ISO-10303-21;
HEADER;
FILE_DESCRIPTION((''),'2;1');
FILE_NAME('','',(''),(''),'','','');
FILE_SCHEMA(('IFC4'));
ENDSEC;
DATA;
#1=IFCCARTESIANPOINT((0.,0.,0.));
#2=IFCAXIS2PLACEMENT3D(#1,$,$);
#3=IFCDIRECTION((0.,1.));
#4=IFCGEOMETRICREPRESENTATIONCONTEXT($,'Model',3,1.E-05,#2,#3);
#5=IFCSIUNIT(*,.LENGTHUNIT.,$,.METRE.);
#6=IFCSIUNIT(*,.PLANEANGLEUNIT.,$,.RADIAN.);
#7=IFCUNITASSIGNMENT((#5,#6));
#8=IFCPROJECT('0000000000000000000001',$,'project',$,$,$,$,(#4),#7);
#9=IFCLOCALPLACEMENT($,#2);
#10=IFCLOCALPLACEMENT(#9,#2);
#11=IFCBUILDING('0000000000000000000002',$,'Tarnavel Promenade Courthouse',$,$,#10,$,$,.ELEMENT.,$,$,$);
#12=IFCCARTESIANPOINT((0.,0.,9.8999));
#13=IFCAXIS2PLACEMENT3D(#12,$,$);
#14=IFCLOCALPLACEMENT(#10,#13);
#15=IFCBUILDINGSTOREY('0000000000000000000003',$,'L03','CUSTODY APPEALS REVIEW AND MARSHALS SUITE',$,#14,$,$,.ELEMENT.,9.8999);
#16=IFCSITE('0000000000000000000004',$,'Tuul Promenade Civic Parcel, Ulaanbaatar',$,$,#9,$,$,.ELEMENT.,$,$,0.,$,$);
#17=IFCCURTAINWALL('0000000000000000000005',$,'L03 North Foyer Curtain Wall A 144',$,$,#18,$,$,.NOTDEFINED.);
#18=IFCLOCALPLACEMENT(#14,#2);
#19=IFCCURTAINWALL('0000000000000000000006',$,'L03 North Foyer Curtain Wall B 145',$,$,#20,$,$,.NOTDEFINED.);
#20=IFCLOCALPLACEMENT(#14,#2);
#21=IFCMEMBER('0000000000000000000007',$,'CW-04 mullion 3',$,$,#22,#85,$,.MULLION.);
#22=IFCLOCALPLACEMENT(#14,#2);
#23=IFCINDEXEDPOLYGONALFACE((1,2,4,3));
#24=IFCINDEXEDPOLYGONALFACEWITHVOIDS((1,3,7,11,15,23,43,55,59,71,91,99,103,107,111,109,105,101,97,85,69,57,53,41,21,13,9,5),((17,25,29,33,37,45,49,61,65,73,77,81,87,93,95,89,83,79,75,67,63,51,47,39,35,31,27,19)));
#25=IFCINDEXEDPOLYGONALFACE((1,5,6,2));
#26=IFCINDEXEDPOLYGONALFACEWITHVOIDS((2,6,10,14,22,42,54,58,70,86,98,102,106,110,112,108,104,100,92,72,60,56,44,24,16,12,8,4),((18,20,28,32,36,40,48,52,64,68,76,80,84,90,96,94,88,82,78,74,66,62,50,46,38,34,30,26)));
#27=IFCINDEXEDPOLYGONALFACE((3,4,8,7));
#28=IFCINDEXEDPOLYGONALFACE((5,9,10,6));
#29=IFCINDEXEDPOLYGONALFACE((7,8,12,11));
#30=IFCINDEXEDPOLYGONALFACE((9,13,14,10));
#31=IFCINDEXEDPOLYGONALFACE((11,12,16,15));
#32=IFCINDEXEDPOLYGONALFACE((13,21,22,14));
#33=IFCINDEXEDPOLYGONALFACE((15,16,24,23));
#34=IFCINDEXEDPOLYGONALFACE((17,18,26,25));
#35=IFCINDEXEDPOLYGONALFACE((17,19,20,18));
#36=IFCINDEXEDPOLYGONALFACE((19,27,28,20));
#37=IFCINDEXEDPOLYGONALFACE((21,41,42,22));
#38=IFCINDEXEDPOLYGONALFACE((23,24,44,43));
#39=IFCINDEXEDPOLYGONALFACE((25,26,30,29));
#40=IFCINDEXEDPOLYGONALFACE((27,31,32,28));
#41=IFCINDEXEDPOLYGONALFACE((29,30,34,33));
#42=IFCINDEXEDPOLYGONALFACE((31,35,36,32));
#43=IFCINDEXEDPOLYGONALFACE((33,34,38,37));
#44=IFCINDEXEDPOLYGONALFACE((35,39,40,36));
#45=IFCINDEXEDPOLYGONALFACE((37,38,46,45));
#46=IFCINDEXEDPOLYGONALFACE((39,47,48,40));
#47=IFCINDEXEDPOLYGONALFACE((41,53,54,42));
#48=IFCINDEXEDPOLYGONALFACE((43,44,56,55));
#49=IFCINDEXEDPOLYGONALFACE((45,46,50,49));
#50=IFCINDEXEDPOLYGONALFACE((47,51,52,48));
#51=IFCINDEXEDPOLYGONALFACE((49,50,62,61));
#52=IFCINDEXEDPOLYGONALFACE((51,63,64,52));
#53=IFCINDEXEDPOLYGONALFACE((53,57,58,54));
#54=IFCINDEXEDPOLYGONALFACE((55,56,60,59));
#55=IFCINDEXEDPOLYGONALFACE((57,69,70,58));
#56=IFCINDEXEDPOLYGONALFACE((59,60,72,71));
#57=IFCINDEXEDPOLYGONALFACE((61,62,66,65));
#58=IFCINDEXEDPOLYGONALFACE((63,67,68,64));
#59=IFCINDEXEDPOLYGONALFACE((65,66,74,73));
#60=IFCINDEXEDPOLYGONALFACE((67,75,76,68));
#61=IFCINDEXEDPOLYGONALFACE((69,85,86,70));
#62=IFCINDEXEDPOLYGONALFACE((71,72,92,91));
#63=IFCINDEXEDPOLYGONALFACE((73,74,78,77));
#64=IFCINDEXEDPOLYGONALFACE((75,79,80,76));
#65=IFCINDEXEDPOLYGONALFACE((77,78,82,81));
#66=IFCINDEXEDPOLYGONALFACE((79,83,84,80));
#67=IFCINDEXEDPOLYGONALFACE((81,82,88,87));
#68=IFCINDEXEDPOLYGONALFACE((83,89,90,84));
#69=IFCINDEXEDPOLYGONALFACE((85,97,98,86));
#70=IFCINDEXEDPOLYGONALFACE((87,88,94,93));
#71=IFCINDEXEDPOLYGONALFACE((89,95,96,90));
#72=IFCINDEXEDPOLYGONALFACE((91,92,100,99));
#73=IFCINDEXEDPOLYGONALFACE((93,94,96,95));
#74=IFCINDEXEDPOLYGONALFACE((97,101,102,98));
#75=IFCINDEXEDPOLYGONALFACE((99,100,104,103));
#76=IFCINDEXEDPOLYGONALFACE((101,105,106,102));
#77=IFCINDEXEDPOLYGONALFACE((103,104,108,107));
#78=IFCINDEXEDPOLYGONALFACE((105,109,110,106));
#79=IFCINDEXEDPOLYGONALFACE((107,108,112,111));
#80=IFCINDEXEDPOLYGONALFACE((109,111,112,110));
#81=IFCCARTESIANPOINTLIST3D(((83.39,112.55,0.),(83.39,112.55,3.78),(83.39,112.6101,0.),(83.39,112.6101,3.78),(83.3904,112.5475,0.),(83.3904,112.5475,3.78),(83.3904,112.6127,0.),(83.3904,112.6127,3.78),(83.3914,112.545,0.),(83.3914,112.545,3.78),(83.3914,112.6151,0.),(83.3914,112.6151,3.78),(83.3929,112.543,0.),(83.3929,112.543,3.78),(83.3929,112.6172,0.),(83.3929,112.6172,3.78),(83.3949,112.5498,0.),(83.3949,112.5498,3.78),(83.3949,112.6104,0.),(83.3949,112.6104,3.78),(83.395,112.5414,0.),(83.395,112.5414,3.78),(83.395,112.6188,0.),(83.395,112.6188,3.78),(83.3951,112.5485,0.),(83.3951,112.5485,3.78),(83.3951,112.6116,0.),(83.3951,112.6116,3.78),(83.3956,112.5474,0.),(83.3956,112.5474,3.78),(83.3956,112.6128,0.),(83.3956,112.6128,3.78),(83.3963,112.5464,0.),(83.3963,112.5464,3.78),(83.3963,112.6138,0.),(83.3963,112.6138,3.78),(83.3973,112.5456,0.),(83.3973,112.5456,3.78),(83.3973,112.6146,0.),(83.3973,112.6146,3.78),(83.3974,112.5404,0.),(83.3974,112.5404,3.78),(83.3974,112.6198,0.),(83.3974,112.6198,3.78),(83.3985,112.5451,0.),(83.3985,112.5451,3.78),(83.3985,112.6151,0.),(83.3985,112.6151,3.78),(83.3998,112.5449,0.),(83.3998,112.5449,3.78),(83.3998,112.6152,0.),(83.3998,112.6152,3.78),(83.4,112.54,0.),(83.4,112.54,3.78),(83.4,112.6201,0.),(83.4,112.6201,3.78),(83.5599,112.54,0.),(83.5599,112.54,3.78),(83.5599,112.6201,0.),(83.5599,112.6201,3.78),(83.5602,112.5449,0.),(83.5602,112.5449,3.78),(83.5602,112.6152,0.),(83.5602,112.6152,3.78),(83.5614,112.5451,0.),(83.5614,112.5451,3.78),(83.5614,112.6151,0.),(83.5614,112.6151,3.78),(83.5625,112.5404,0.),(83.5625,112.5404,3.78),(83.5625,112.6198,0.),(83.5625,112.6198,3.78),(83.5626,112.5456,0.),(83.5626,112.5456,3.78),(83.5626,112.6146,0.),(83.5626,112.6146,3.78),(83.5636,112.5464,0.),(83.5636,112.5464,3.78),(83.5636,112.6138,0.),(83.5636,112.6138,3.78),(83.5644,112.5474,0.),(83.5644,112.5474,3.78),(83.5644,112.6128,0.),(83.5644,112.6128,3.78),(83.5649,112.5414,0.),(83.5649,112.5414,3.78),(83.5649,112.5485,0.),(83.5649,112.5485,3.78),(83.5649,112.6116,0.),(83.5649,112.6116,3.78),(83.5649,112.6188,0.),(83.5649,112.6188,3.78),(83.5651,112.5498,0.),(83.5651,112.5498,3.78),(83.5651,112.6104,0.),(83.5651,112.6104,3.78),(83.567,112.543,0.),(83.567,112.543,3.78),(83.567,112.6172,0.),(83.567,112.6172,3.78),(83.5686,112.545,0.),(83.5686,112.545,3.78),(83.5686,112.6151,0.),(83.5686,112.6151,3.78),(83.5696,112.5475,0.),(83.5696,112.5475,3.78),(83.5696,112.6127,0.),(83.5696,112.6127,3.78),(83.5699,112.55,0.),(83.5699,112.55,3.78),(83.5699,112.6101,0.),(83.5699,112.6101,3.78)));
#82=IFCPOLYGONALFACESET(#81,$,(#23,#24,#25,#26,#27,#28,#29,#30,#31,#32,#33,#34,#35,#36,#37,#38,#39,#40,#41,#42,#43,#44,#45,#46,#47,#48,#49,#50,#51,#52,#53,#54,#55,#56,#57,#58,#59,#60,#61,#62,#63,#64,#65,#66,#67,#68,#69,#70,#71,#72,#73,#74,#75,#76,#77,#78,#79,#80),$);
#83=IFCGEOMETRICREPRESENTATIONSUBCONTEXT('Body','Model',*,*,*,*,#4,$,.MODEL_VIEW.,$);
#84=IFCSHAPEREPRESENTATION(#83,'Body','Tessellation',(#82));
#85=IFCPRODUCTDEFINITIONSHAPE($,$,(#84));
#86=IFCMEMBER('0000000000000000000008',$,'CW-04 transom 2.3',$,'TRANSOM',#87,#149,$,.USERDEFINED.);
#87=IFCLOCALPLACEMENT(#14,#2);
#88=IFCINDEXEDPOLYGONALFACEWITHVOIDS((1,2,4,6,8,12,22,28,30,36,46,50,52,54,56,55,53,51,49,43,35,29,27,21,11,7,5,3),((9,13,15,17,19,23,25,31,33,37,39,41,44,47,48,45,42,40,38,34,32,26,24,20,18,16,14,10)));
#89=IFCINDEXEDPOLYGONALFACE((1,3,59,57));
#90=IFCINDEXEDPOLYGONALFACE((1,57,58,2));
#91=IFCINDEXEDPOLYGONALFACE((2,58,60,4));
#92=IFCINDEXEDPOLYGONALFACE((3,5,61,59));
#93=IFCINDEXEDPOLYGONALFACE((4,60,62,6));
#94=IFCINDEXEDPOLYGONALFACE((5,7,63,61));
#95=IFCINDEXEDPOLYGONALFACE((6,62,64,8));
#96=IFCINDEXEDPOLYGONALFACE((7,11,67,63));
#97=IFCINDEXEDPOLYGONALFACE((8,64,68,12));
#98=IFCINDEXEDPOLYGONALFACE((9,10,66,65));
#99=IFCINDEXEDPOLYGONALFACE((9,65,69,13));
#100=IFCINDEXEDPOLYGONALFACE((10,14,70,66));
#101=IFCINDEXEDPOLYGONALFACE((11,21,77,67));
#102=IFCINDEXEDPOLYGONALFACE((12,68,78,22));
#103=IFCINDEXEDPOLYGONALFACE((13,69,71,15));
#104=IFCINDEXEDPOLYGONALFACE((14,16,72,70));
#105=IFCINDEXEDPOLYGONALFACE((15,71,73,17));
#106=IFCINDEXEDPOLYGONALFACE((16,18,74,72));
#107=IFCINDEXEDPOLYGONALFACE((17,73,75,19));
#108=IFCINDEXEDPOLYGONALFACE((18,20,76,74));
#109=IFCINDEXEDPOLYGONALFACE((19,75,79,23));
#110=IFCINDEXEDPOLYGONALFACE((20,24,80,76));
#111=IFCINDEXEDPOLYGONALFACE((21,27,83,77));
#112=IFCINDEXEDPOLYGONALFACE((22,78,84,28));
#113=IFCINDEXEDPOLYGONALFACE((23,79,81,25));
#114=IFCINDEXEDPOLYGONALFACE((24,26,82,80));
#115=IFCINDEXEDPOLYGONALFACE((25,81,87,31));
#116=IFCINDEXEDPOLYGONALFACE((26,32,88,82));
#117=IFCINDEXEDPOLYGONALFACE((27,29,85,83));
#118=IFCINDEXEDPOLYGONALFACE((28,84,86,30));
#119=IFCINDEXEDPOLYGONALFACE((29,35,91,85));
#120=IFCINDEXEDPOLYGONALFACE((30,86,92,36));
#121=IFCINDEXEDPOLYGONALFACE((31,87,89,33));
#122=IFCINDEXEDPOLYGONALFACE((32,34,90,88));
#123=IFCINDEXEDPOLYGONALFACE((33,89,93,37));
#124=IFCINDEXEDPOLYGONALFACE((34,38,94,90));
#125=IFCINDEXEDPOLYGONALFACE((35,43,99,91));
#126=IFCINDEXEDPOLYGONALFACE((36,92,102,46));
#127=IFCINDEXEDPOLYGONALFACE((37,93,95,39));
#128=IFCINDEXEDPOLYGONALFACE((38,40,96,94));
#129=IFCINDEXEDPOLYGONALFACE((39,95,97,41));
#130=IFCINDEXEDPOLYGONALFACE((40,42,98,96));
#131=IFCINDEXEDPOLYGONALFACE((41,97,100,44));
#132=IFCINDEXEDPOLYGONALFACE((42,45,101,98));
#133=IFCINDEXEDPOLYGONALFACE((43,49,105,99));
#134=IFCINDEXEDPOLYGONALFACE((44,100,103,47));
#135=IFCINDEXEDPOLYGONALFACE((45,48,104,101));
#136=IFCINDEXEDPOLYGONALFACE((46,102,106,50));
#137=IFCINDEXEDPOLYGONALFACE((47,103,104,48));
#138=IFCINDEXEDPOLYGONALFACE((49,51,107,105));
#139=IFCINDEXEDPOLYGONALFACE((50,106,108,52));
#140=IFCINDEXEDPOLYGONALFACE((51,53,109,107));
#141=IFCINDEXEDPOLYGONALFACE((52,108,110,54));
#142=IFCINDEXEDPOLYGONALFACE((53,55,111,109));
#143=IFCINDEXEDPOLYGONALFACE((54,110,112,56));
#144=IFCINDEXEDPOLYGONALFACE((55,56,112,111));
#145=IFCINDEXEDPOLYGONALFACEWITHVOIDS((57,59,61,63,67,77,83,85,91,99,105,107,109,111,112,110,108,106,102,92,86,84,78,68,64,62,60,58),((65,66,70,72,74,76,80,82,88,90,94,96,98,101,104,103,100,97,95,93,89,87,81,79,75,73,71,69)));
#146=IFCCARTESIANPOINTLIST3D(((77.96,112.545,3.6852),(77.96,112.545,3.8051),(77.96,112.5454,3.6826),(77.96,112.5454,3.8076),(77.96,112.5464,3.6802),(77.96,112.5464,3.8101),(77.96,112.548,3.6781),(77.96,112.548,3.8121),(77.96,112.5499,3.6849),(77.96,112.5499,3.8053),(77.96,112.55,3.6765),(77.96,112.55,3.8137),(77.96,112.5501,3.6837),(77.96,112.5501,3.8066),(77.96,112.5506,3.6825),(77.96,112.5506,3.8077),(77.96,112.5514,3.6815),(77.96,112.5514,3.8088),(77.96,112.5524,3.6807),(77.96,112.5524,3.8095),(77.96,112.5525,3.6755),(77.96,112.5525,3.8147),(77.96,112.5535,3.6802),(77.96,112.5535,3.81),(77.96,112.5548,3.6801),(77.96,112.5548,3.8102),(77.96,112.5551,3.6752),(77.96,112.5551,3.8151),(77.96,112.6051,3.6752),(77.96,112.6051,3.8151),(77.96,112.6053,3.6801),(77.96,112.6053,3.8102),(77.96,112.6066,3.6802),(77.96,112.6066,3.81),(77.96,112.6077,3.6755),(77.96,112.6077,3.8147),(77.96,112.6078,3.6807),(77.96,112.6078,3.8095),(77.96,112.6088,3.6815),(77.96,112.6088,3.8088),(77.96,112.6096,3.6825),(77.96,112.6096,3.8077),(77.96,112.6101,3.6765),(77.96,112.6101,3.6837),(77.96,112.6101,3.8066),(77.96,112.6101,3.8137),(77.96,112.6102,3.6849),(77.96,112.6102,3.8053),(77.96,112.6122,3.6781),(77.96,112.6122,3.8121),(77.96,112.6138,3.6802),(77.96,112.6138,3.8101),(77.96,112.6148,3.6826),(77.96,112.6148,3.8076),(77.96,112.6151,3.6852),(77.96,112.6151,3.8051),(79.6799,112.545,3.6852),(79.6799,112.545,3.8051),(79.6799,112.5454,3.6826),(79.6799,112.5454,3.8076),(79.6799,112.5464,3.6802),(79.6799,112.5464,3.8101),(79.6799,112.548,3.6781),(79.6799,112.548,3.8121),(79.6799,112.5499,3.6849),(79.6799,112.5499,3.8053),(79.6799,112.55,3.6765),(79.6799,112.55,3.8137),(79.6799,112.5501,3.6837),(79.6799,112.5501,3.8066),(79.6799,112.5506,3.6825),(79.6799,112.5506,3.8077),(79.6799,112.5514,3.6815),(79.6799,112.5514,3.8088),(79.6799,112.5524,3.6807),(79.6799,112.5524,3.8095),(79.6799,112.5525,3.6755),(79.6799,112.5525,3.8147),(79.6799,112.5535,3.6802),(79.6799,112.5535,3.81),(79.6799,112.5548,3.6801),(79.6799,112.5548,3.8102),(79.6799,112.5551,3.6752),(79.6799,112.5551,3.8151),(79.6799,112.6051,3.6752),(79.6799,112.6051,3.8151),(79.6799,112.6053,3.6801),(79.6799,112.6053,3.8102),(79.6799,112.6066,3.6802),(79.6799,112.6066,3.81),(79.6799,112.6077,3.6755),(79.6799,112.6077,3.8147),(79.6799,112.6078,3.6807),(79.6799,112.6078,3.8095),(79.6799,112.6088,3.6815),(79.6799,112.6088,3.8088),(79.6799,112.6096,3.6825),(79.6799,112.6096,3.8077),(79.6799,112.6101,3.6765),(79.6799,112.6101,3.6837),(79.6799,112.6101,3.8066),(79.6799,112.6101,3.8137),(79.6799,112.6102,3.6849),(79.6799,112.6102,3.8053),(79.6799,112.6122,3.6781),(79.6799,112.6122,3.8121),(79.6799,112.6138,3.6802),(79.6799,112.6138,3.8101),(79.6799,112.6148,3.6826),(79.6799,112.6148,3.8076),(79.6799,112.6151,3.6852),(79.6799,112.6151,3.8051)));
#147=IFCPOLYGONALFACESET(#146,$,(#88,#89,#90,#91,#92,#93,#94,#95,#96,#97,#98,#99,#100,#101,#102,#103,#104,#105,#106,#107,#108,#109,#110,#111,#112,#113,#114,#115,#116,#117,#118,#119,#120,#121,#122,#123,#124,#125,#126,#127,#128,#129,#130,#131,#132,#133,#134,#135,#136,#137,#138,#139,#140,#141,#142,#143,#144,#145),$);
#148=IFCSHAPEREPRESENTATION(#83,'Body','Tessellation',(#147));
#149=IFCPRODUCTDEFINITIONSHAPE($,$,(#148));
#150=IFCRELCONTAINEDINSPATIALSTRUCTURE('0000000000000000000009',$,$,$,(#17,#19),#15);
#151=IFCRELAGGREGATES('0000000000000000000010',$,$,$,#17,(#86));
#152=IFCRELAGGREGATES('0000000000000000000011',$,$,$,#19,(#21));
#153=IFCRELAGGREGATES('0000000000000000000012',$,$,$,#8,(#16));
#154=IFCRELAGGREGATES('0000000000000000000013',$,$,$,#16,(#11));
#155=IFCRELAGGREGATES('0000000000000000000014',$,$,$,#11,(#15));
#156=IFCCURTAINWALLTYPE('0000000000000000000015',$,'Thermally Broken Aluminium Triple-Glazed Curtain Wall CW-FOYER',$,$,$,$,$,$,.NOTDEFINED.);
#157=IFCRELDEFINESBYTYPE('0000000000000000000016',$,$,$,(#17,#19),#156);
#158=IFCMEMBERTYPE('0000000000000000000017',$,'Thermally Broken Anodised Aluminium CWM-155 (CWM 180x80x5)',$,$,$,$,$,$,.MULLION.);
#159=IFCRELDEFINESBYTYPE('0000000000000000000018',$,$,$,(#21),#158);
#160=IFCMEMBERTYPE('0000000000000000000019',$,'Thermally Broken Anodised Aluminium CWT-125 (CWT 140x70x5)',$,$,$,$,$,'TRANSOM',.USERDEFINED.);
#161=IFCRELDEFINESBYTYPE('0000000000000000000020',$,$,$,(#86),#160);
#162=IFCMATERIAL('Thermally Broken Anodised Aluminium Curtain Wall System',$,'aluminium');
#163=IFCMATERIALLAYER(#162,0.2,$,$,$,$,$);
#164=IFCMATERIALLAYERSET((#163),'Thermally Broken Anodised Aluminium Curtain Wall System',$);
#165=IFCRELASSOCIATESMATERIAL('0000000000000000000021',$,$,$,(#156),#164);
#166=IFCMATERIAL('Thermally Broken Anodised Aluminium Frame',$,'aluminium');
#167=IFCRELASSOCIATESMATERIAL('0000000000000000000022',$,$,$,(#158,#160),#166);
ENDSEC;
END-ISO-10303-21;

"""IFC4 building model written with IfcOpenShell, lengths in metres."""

from ifc_helpers import new_model, si_unit, direction, frame, origin, origin_2d, place, context, subcontext, project, spatial, hollow_rectangle, extrude, material, layer, layer_set, material_profile, profile_set, type_object, element, aggregate, save


model = new_model("IFC4")

# Units and contexts
model_context = context("Model", 3, precision=1e-05, world=origin(), true_north=direction((0.0, 1.0)))
body_context = subcontext(model_context, "Body", "Model", "MODEL_VIEW")
ifc_project = project(units=[si_unit("LENGTHUNIT", "METRE"), si_unit("PLANEANGLEUNIT", "RADIAN")], contexts=[model_context])

# Site, building, storey
site_placement = place(None, origin())
site = spatial("IfcSite", under=ifc_project, at=site_placement, Name="Tuul Promenade Civic Parcel, Ulaanbaatar", CompositionType="ELEMENT", RefElevation=0.0)
building_placement = place(site_placement, origin())
building = spatial("IfcBuilding", under=site, at=building_placement, Name="Tarnavel Promenade Courthouse", CompositionType="ELEMENT")
storey_placement = place(building_placement, frame((0.0, 0.0, 9.8999)))
storey = spatial("IfcBuildingStorey", under=building, at=storey_placement, Name="L03", Description="CUSTODY APPEALS REVIEW AND MARSHALS SUITE", CompositionType="ELEMENT", Elevation=9.8999)

# Curtain wall
ifc_material_1 = material(Name="Thermally Broken Anodised Aluminium Curtain Wall System", Category="aluminium")
ifc_layer_1 = layer(ifc_material_1, 0.2)
ifc_layer_set_1 = layer_set([ifc_layer_1], Name="Thermally Broken Anodised Aluminium Curtain Wall System")
curtain_wall_type = type_object("IfcCurtainWallType", Name="Thermally Broken Aluminium Triple-Glazed Curtain Wall CW-FOYER", PredefinedType="NOTDEFINED", material=ifc_layer_set_1)
curtain_wall_1_placement = place(storey_placement, origin())
curtain_wall_1 = element("IfcCurtainWall", 1, at=curtain_wall_1_placement, inside=storey, type_object=curtain_wall_type, Name="L03 North Foyer Curtain Wall A 144", PredefinedType="NOTDEFINED")
ifc_material_2 = material(Name="Thermally Broken Anodised Aluminium Frame", Category="aluminium")
ifc_material_profile_1 = material_profile(ifc_material_2, hollow_rectangle(XDim=0.0801, YDim=0.1799, WallThickness=0.0049, InnerFilletRadius=0.0049, OuterFilletRadius=0.01, at=origin_2d()), Name="CWM 180x80x5")
ifc_profile_set_1 = profile_set([ifc_material_profile_1], Name="Thermally Broken Anodised Aluminium Frame")
member_type_1 = type_object("IfcMemberType", Name="Thermally Broken Anodised Aluminium CWM-155 (CWM 180x80x5)", PredefinedType="MULLION", material=ifc_profile_set_1)

# Curtain wall, member
curtain_wall_2_placement = place(storey_placement, origin())
curtain_wall_2 = element("IfcCurtainWall", 2, at=curtain_wall_2_placement, inside=storey, type_object=curtain_wall_type, Name="L03 North Foyer Curtain Wall B 145", PredefinedType="NOTDEFINED")
member_1_placement = place(storey_placement, frame((83.48, 112.5801, 0.0), z_axis=(0.0, 0.0, 1.0), x_axis=(0.0, 1.0, 0.0)))
member_1 = element("IfcMember", 3, at=member_1_placement, type_object=member_type_1, Name="CW-04 mullion 3", PredefinedType="MULLION", context=body_context, shape_type="SweptSolid", body=[
    extrude(hollow_rectangle(XDim=0.0801, YDim=0.1799, WallThickness=0.0049, InnerFilletRadius=0.0049, OuterFilletRadius=0.01, at=origin_2d()), origin(), (0.0, 0.0, 1.0), 3.78),
])

# Member
ifc_material_profile_2 = material_profile(ifc_material_2, hollow_rectangle(XDim=0.0701, YDim=0.1399, WallThickness=0.0049, InnerFilletRadius=0.0049, OuterFilletRadius=0.01, at=origin_2d()), Name="CWT 140x70x5")
ifc_profile_set_2 = profile_set([ifc_material_profile_2], Name="Thermally Broken Anodised Aluminium Frame")
member_type_2 = type_object("IfcMemberType", Name="Thermally Broken Anodised Aluminium CWT-125 (CWT 140x70x5)", ElementType="TRANSOM", PredefinedType="USERDEFINED", material=ifc_profile_set_2)
member_2_placement = place(storey_placement, frame((77.96, 112.5801, 3.7451), z_axis=(1.0, 0.0, 0.0), x_axis=(0.0, 1.0, 0.0)))
member_2 = element("IfcMember", 4, at=member_2_placement, type_object=member_type_2, Name="CW-04 transom 2.3", ObjectType="TRANSOM", PredefinedType="USERDEFINED", context=body_context, shape_type="SweptSolid", body=[
    extrude(hollow_rectangle(XDim=0.0701, YDim=0.1399, WallThickness=0.0049, InnerFilletRadius=0.0049, OuterFilletRadius=0.01, at=origin_2d()), origin(), (0.0, 0.0, 1.0), 1.72),
])

aggregate(curtain_wall_1, [member_2])
aggregate(curtain_wall_2, [member_1])

save(model, "model.ifc")
